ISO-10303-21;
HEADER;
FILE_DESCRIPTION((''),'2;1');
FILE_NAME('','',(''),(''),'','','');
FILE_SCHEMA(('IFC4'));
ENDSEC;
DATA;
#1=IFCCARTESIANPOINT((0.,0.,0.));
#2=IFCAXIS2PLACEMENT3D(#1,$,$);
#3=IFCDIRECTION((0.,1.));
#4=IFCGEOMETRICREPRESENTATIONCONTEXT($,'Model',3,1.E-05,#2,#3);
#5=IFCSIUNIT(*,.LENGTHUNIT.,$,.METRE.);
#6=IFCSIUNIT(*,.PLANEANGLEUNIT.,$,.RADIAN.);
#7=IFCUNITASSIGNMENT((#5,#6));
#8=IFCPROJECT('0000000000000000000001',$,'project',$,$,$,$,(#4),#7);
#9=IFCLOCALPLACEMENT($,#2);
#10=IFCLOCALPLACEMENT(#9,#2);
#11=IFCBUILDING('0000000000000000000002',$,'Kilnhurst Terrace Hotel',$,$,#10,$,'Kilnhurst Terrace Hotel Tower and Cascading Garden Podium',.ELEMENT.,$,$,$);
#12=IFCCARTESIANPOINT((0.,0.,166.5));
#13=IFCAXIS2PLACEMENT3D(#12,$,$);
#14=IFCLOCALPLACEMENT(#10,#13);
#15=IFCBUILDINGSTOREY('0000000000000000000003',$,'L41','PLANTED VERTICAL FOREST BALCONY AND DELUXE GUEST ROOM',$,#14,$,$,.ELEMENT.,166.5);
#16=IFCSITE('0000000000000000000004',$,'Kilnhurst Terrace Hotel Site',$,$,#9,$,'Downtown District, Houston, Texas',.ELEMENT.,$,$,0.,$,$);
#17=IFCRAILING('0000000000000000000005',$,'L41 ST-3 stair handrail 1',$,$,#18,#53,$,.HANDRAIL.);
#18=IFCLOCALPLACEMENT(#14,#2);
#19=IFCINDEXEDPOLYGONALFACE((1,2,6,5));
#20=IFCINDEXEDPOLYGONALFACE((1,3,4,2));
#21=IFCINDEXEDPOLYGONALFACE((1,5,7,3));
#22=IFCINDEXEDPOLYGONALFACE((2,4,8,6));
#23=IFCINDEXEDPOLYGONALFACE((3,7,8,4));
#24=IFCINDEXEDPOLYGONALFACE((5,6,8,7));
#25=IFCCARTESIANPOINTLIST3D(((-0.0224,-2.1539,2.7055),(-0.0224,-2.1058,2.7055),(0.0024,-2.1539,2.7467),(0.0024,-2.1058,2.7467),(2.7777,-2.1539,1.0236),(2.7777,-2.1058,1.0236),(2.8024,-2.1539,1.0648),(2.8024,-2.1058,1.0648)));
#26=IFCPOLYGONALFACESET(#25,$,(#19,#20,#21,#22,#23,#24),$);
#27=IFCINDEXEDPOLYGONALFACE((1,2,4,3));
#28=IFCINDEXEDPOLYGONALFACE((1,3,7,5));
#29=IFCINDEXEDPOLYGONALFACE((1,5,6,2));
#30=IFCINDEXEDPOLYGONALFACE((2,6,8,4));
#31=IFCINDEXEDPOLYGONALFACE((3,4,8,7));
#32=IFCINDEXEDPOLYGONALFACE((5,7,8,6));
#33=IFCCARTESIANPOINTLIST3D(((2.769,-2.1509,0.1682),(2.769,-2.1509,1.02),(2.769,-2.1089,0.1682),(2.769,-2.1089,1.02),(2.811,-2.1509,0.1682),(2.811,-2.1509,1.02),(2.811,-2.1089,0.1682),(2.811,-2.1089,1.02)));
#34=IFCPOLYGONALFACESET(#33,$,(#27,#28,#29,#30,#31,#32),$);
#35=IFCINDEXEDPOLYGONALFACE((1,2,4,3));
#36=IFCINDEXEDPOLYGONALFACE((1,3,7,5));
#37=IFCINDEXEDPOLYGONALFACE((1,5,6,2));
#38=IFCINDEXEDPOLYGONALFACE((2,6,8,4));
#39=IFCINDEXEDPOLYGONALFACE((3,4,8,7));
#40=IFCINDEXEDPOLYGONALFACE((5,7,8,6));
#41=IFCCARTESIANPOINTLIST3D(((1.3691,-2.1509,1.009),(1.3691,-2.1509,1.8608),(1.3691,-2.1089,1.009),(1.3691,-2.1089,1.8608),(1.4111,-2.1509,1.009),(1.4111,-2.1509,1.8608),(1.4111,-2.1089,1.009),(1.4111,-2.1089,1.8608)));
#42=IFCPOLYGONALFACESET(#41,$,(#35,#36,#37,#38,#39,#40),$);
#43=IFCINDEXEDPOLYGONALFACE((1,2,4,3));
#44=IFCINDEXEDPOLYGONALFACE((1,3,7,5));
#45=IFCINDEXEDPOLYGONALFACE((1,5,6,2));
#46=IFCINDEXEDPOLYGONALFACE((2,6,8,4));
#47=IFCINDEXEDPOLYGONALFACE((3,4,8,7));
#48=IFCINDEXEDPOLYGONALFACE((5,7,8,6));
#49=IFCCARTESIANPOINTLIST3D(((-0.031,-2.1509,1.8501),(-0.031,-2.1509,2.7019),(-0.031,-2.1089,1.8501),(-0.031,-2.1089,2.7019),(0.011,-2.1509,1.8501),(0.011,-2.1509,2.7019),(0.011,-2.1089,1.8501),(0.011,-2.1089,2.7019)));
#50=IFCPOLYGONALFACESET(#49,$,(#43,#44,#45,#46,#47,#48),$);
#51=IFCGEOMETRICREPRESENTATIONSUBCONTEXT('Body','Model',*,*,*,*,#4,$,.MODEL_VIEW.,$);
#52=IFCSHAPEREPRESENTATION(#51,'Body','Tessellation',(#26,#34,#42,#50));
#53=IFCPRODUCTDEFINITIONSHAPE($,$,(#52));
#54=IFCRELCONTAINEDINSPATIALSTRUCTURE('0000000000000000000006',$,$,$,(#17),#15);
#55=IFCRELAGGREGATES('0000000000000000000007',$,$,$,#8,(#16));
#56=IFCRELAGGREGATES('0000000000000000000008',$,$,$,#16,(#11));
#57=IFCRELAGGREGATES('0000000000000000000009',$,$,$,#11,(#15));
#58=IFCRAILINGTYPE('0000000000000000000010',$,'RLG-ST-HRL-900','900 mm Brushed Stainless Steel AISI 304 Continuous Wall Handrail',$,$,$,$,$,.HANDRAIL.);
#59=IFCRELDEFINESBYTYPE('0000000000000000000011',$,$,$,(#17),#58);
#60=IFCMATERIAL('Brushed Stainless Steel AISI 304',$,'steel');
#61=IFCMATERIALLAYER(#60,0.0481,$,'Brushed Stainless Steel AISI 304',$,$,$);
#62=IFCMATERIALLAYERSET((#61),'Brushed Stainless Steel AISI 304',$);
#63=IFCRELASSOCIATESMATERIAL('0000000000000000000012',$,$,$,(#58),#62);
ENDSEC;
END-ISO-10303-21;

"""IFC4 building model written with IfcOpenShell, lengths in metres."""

from ifc_helpers import new_model, si_unit, direction, frame, origin, origin_2d, place, context, subcontext, project, spatial, rectangle, extrude, material, layer, layer_set, type_object, element, save


model = new_model("IFC4")

# Units and contexts
model_context = context("Model", 3, precision=1e-05, world=origin(), true_north=direction((0.0, 1.0)))
body_context = subcontext(model_context, "Body", "Model", "MODEL_VIEW")
ifc_project = project(units=[si_unit("LENGTHUNIT", "METRE"), si_unit("PLANEANGLEUNIT", "RADIAN")], contexts=[model_context])

# Site, building, storey
site_placement = place(None, origin())
site = spatial("IfcSite", under=ifc_project, at=site_placement, Name="Kilnhurst Terrace Hotel Site", LongName="Downtown District, Houston, Texas", CompositionType="ELEMENT", RefElevation=0.0)
building_placement = place(site_placement, origin())
building = spatial("IfcBuilding", under=site, at=building_placement, Name="Kilnhurst Terrace Hotel", LongName="Kilnhurst Terrace Hotel Tower and Cascading Garden Podium", CompositionType="ELEMENT")
storey_placement = place(building_placement, frame((0.0, 0.0, 166.5)))
storey = spatial("IfcBuildingStorey", under=building, at=storey_placement, Name="L41", Description="PLANTED VERTICAL FOREST BALCONY AND DELUXE GUEST ROOM", CompositionType="ELEMENT", Elevation=166.5)

# Railing
ifc_material_1 = material(Name="Brushed Stainless Steel AISI 304", Category="steel")
ifc_layer_1 = layer(ifc_material_1, 0.0481, Name="Brushed Stainless Steel AISI 304")
ifc_layer_set_1 = layer_set([ifc_layer_1], Name="Brushed Stainless Steel AISI 304")
railing_type_1 = type_object("IfcRailingType", Name="RLG-ST-HRL-900", Description="900 mm Brushed Stainless Steel AISI 304 Continuous Wall Handrail", PredefinedType="HANDRAIL", material=ifc_layer_set_1)
railing_1_placement = place(storey_placement, frame((2.79, -2.1299, 0.1682)))
element("IfcRailing", 1, at=railing_1_placement, inside=storey, type_object=railing_type_1, Name="L41 ST-3 stair handrail 1", PredefinedType="HANDRAIL", context=body_context, shape_type="SweptSolid", body=[
    extrude(rectangle(XDim=0.0481, YDim=0.0481, at=origin_2d()), frame((0.0, 0.0, 0.876), z_axis=(-0.857242, 0.0, 0.514913), x_axis=(0.0, -1.0, 0.0)), (0.0, 0.0, 1.0), 3.2664),
    extrude(rectangle(XDim=0.042, YDim=0.042, at=origin_2d()), origin(), (0.0, 0.0, 1.0), 0.8518),
    extrude(rectangle(XDim=0.042, YDim=0.042, at=origin_2d()), frame((-1.3999, 0.0, 0.8408)), (0.0, 0.0, 1.0), 0.8518),
    extrude(rectangle(XDim=0.042, YDim=0.042, at=origin_2d()), frame((-2.8, 0.0, 1.6819)), (0.0, 0.0, 1.0), 0.8518),
])

save(model, "model.ifc")
